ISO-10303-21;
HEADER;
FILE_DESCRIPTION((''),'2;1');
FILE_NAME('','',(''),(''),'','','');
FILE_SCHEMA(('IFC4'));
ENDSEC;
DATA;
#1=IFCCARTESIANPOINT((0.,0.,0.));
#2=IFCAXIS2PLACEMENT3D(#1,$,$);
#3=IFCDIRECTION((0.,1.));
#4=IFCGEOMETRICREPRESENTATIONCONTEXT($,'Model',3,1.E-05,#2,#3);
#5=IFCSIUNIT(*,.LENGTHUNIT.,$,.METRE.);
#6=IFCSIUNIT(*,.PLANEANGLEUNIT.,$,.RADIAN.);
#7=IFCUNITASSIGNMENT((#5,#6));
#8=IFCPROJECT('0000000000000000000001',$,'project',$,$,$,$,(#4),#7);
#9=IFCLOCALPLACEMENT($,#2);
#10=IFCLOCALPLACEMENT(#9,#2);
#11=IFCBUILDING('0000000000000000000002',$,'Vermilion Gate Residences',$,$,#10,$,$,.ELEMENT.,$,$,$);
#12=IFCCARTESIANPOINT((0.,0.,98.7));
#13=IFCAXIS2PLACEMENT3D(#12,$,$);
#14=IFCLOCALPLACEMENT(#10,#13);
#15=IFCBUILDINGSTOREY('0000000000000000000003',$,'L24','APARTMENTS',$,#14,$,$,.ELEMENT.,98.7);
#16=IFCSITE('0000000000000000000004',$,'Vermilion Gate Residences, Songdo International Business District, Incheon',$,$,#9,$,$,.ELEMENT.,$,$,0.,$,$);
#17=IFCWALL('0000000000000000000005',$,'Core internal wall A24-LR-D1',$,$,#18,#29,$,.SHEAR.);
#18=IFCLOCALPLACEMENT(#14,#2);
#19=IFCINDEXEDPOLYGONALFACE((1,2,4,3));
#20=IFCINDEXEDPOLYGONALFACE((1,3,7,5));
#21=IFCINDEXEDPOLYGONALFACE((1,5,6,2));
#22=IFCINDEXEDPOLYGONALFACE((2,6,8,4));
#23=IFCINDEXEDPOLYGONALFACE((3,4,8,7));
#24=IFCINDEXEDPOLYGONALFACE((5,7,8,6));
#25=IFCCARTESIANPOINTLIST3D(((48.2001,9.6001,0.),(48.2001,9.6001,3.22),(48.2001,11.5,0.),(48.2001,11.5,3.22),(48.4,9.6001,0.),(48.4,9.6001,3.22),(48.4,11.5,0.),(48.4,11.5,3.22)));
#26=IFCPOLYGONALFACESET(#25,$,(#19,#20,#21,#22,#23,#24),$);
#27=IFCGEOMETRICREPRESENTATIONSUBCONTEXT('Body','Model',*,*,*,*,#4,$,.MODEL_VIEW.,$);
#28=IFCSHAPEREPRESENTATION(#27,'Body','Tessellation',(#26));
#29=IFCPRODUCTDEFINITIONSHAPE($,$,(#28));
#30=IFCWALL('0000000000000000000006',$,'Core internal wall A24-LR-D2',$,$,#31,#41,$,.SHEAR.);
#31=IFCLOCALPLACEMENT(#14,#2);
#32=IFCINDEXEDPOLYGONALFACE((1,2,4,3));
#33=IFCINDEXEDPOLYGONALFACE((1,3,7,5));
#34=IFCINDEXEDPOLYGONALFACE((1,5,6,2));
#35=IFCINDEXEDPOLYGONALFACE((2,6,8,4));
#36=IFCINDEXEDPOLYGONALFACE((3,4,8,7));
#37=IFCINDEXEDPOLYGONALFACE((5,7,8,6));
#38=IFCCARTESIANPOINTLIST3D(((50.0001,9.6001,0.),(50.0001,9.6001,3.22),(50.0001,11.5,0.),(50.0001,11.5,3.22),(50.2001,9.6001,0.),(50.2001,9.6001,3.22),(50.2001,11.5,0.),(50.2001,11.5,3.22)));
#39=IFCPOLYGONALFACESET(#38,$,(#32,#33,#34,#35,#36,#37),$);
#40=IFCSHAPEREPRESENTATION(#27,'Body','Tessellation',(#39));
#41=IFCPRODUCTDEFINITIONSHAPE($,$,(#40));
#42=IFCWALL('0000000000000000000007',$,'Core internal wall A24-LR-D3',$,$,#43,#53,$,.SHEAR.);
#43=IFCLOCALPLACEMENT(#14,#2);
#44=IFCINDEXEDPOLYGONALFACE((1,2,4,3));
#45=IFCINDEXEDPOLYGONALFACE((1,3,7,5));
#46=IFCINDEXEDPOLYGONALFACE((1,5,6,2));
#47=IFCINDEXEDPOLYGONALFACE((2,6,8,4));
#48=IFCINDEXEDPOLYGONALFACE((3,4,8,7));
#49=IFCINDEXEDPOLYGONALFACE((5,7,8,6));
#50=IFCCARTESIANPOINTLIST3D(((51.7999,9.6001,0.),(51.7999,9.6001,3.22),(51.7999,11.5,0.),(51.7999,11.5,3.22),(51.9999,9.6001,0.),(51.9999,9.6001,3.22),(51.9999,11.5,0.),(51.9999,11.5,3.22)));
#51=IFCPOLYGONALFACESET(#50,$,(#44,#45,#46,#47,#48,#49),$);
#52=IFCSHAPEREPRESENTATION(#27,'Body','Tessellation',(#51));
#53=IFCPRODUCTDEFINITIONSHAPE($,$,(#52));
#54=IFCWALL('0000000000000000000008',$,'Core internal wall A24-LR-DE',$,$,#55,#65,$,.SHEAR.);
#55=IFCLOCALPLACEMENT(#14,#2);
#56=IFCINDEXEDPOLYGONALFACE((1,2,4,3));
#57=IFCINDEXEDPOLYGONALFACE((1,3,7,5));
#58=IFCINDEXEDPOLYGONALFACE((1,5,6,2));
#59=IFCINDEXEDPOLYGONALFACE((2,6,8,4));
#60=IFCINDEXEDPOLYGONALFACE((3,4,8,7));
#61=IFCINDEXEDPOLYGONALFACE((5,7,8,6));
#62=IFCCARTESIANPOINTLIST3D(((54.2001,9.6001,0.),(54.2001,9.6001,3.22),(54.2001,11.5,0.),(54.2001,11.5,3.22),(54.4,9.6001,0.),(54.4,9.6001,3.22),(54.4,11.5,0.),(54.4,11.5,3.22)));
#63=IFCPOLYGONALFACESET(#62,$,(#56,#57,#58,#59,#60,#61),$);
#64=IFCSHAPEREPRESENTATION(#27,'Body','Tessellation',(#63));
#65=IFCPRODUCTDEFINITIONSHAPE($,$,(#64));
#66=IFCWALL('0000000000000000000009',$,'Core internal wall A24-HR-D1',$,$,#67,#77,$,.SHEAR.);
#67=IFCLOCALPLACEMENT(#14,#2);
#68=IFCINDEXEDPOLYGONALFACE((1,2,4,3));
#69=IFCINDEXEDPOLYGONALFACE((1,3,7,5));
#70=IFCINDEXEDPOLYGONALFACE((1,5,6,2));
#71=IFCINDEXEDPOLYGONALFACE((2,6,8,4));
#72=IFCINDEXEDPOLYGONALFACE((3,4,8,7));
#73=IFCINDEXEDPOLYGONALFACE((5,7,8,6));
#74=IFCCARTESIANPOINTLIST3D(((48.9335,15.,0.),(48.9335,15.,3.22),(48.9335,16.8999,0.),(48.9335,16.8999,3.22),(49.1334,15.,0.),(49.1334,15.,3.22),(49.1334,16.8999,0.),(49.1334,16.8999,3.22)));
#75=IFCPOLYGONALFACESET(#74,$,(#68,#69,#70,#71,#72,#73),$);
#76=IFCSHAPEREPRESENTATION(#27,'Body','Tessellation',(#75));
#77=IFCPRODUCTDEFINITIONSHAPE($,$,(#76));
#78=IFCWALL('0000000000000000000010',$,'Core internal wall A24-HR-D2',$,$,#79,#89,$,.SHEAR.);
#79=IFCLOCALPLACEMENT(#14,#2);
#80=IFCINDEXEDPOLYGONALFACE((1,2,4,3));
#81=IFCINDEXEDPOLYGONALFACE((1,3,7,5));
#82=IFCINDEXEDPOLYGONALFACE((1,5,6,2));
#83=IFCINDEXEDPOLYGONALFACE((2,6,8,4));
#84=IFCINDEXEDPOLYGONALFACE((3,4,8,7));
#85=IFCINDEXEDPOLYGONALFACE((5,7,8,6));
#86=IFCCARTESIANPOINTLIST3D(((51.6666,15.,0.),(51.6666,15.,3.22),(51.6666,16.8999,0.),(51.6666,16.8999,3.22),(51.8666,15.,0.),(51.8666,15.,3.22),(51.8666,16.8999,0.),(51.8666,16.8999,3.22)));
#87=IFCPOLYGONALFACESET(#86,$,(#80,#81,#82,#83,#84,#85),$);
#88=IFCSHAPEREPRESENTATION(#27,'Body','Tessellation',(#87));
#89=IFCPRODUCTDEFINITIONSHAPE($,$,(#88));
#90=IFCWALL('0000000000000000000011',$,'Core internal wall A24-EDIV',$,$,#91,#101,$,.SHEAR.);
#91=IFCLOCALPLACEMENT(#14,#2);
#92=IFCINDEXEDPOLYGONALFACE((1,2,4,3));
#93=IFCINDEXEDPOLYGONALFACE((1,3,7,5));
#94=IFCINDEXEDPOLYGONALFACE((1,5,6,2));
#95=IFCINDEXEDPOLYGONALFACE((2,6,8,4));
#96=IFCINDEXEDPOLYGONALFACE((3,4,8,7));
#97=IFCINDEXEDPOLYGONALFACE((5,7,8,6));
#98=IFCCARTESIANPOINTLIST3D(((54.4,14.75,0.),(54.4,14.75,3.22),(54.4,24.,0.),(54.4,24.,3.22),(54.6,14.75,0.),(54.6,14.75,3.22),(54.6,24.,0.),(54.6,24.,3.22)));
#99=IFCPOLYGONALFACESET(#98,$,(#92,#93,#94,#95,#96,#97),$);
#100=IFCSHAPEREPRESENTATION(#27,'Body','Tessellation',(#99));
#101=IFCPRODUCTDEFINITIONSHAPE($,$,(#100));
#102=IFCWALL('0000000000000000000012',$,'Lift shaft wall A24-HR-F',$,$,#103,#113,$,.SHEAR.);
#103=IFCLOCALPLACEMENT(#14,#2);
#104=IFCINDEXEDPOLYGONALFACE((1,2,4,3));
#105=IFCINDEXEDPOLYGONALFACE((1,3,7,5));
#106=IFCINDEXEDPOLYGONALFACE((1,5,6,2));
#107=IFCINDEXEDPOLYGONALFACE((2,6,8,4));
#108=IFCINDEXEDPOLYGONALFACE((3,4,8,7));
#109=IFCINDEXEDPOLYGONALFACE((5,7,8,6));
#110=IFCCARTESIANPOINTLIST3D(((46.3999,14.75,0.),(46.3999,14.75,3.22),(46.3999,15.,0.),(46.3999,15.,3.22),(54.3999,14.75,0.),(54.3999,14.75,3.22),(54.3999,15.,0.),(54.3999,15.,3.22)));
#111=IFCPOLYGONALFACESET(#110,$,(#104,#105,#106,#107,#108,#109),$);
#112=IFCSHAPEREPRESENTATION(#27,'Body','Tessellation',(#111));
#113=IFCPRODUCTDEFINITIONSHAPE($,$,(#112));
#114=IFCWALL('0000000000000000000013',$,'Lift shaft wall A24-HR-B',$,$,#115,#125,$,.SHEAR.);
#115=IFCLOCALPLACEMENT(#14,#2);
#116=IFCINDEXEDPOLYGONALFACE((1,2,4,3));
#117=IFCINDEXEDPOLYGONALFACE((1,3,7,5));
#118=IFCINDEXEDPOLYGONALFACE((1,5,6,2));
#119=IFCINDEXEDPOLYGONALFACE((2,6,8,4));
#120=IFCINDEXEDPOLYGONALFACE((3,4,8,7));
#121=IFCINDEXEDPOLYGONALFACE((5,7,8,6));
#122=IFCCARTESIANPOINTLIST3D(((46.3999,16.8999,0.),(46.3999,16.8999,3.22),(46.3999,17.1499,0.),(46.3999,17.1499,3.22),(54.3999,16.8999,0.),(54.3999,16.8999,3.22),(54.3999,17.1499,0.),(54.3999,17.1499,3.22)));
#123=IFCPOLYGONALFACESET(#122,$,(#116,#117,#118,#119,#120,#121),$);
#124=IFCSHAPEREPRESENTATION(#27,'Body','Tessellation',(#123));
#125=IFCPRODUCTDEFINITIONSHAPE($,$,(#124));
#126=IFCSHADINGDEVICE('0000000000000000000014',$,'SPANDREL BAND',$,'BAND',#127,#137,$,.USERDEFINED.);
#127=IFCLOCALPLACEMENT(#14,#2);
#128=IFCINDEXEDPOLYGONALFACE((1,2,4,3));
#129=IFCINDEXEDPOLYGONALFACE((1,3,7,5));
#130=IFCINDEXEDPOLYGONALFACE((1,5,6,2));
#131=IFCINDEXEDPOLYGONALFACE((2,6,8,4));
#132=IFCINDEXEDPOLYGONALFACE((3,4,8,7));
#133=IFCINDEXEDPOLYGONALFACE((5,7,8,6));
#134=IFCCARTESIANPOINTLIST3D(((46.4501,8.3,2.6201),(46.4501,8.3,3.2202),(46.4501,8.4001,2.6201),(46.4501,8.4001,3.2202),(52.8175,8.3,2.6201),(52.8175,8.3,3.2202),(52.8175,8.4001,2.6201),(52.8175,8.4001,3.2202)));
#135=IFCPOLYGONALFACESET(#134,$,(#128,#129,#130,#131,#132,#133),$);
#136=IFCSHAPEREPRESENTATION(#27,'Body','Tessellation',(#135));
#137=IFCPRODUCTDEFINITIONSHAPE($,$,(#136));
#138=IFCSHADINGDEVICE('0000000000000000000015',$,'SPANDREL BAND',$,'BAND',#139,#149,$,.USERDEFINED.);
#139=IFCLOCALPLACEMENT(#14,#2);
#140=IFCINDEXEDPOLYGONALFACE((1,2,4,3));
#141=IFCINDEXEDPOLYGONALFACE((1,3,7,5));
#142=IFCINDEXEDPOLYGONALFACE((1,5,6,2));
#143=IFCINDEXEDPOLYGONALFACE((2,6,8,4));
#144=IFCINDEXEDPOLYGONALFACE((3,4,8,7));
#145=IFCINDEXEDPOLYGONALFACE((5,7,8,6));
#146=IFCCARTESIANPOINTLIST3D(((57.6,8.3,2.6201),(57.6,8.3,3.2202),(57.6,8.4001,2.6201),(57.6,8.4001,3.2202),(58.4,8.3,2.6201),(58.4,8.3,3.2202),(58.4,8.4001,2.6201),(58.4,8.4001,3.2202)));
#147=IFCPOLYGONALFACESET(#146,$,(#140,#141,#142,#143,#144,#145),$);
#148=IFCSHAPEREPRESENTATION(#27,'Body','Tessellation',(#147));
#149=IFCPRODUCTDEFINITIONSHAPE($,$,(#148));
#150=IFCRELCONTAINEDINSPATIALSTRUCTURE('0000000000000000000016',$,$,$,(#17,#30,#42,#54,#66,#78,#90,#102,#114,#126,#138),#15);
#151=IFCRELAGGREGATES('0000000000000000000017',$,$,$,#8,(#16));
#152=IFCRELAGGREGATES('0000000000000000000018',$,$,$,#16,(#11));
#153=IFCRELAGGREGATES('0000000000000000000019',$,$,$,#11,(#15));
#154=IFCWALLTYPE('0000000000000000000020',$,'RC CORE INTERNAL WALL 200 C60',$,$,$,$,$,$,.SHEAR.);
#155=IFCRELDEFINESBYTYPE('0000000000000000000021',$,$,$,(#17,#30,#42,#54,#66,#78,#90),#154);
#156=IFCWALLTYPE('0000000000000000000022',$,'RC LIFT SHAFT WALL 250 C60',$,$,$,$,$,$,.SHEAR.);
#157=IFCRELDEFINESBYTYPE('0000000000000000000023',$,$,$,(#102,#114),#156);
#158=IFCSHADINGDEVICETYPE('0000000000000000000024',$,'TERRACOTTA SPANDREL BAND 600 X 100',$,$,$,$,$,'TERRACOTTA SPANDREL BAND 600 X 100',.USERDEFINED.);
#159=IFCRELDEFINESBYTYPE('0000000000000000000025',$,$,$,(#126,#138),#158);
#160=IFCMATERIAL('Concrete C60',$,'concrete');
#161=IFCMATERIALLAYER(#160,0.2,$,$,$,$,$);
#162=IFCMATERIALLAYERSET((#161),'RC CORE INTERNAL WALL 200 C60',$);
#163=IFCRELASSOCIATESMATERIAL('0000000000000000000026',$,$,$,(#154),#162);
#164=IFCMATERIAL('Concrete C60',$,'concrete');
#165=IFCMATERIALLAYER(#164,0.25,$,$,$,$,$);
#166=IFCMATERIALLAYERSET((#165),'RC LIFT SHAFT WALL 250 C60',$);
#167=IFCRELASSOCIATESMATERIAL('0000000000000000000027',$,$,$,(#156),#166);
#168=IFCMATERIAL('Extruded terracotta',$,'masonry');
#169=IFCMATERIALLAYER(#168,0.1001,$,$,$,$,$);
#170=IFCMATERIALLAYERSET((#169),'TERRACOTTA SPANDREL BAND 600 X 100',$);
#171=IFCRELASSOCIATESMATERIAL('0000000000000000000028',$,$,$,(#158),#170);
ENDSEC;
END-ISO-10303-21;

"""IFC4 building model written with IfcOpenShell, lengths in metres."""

from ifc_helpers import new_model, si_unit, direction, frame, frame_2d, origin, origin_2d, place, context, subcontext, project, spatial, rectangle, extrude, material, layer, layer_set, type_object, element, save


model = new_model("IFC4")

# Units and contexts
model_context = context("Model", 3, precision=1e-05, world=origin(), true_north=direction((0.0, 1.0)))
body_context = subcontext(model_context, "Body", "Model", "MODEL_VIEW")
ifc_project = project(units=[si_unit("LENGTHUNIT", "METRE"), si_unit("PLANEANGLEUNIT", "RADIAN")], contexts=[model_context])

# Site, building, storey
site_placement = place(None, origin())
site = spatial("IfcSite", under=ifc_project, at=site_placement, Name="Vermilion Gate Residences, Songdo International Business District, Incheon", CompositionType="ELEMENT", RefElevation=0.0)
building_placement = place(site_placement, origin())
building = spatial("IfcBuilding", under=site, at=building_placement, Name="Vermilion Gate Residences", CompositionType="ELEMENT")
storey_placement = place(building_placement, frame((0.0, 0.0, 98.7)))
storey = spatial("IfcBuildingStorey", under=building, at=storey_placement, Name="L24", Description="APARTMENTS", CompositionType="ELEMENT", Elevation=98.7)

# Walls
ifc_material_1 = material(Name="Concrete C60", Category="concrete")
ifc_layer_1 = layer(ifc_material_1, 0.2)
ifc_layer_set_1 = layer_set([ifc_layer_1], Name="RC CORE INTERNAL WALL 200 C60")
wall_type_1 = type_object("IfcWallType", Name="RC CORE INTERNAL WALL 200 C60", PredefinedType="SHEAR", material=ifc_layer_set_1)
for number, where, z_axis, x_axis, name in (
    (1, (48.3, 9.6001, 0.0), (0.0, 0.0, 1.0), (0.0, 1.0, 0.0), "Core internal wall A24-LR-D1"),
    (2, (50.1001, 9.6001, 0.0), (0.0, 0.0, 1.0), (0.0, 1.0, 0.0), "Core internal wall A24-LR-D2"),
    (3, (51.8999, 9.6001, 0.0), (0.0, 0.0, 1.0), (0.0, 1.0, 0.0), "Core internal wall A24-LR-D3"),
    (4, (54.3, 9.6001, 0.0), (0.0, 0.0, 1.0), (0.0, 1.0, 0.0), "Core internal wall A24-LR-DE"),
    (5, (49.0334, 15.0, 0.0), (0.0, 0.0, 1.0), (0.0, 1.0, 0.0), "Core internal wall A24-HR-D1"),
    (6, (51.7666, 15.0, 0.0), (0.0, 0.0, 1.0), (0.0, 1.0, 0.0), "Core internal wall A24-HR-D2"),
):
    element("IfcWall", number, at=place(storey_placement, frame(where, z_axis=z_axis, x_axis=x_axis)), inside=storey, type_object=wall_type_1, Name=name, PredefinedType="SHEAR", context=body_context, shape_type="SweptSolid", body=[
        extrude(rectangle(XDim=1.8999, YDim=0.2, at=frame_2d((0.95, 0.0))), origin(), (0.0, 0.0, 1.0), 3.22),
    ])
wall_1_placement = place(storey_placement, frame((54.5, 14.75, 0.0), z_axis=(0.0, 0.0, 1.0), x_axis=(0.0, 1.0, 0.0)))
element("IfcWall", 7, at=wall_1_placement, inside=storey, type_object=wall_type_1, Name="Core internal wall A24-EDIV", PredefinedType="SHEAR", context=body_context, shape_type="SweptSolid", body=[
    extrude(rectangle(XDim=9.25, YDim=0.2, at=frame_2d((4.625, 0.0))), origin(), (0.0, 0.0, 1.0), 3.22),
])
ifc_material_2 = material(Name="Concrete C60", Category="concrete")
ifc_layer_2 = layer(ifc_material_2, 0.25)
ifc_layer_set_2 = layer_set([ifc_layer_2], Name="RC LIFT SHAFT WALL 250 C60")
wall_type_2 = type_object("IfcWallType", Name="RC LIFT SHAFT WALL 250 C60", PredefinedType="SHEAR", material=ifc_layer_set_2)
for number, where, z_axis, x_axis, name in (
    (8, (46.3999, 14.875, 0.0), (0.0, 0.0, 1.0), (1.0, 0.0, 0.0), "Lift shaft wall A24-HR-F"),
    (9, (46.3999, 17.0249, 0.0), (0.0, 0.0, 1.0), (1.0, 0.0, 0.0), "Lift shaft wall A24-HR-B"),
):
    element("IfcWall", number, at=place(storey_placement, frame(where, z_axis=z_axis, x_axis=x_axis)), inside=storey, type_object=wall_type_2, Name=name, PredefinedType="SHEAR", context=body_context, shape_type="SweptSolid", body=[
        extrude(rectangle(XDim=8.0, YDim=0.25, at=frame_2d((4.0, 0.0))), origin(), (0.0, 0.0, 1.0), 3.22),
    ])

# Shading devices
ifc_material_3 = material(Name="Extruded terracotta", Category="masonry")
ifc_layer_3 = layer(ifc_material_3, 0.1001)
ifc_layer_set_3 = layer_set([ifc_layer_3], Name="TERRACOTTA SPANDREL BAND 600 X 100")
shading_device_type = type_object("IfcShadingDeviceType", Name="TERRACOTTA SPANDREL BAND 600 X 100", ElementType="TERRACOTTA SPANDREL BAND 600 X 100", PredefinedType="USERDEFINED", material=ifc_layer_set_3)
shading_device_1_placement = place(storey_placement, frame((49.6338, 8.3501, 2.6201), z_axis=(0.0, 0.0, 1.0), x_axis=(1.0, 0.0, 0.0)))
element("IfcShadingDevice", 10, at=shading_device_1_placement, inside=storey, type_object=shading_device_type, Name="SPANDREL BAND", ObjectType="BAND", PredefinedType="USERDEFINED", context=body_context, shape_type="SweptSolid", body=[
    extrude(rectangle(XDim=6.3674, YDim=0.1001, at=origin_2d()), origin(), (0.0, 0.0, 1.0), 0.6001),
])
shading_device_2_placement = place(storey_placement, frame((58.0, 8.3501, 2.6201), z_axis=(0.0, 0.0, 1.0), x_axis=(1.0, 0.0, 0.0)))
element("IfcShadingDevice", 11, at=shading_device_2_placement, inside=storey, type_object=shading_device_type, Name="SPANDREL BAND", ObjectType="BAND", PredefinedType="USERDEFINED", context=body_context, shape_type="SweptSolid", body=[
    extrude(rectangle(XDim=0.8, YDim=0.1001, at=origin_2d()), origin(), (0.0, 0.0, 1.0), 0.6001),
])

save(model, "model.ifc")
